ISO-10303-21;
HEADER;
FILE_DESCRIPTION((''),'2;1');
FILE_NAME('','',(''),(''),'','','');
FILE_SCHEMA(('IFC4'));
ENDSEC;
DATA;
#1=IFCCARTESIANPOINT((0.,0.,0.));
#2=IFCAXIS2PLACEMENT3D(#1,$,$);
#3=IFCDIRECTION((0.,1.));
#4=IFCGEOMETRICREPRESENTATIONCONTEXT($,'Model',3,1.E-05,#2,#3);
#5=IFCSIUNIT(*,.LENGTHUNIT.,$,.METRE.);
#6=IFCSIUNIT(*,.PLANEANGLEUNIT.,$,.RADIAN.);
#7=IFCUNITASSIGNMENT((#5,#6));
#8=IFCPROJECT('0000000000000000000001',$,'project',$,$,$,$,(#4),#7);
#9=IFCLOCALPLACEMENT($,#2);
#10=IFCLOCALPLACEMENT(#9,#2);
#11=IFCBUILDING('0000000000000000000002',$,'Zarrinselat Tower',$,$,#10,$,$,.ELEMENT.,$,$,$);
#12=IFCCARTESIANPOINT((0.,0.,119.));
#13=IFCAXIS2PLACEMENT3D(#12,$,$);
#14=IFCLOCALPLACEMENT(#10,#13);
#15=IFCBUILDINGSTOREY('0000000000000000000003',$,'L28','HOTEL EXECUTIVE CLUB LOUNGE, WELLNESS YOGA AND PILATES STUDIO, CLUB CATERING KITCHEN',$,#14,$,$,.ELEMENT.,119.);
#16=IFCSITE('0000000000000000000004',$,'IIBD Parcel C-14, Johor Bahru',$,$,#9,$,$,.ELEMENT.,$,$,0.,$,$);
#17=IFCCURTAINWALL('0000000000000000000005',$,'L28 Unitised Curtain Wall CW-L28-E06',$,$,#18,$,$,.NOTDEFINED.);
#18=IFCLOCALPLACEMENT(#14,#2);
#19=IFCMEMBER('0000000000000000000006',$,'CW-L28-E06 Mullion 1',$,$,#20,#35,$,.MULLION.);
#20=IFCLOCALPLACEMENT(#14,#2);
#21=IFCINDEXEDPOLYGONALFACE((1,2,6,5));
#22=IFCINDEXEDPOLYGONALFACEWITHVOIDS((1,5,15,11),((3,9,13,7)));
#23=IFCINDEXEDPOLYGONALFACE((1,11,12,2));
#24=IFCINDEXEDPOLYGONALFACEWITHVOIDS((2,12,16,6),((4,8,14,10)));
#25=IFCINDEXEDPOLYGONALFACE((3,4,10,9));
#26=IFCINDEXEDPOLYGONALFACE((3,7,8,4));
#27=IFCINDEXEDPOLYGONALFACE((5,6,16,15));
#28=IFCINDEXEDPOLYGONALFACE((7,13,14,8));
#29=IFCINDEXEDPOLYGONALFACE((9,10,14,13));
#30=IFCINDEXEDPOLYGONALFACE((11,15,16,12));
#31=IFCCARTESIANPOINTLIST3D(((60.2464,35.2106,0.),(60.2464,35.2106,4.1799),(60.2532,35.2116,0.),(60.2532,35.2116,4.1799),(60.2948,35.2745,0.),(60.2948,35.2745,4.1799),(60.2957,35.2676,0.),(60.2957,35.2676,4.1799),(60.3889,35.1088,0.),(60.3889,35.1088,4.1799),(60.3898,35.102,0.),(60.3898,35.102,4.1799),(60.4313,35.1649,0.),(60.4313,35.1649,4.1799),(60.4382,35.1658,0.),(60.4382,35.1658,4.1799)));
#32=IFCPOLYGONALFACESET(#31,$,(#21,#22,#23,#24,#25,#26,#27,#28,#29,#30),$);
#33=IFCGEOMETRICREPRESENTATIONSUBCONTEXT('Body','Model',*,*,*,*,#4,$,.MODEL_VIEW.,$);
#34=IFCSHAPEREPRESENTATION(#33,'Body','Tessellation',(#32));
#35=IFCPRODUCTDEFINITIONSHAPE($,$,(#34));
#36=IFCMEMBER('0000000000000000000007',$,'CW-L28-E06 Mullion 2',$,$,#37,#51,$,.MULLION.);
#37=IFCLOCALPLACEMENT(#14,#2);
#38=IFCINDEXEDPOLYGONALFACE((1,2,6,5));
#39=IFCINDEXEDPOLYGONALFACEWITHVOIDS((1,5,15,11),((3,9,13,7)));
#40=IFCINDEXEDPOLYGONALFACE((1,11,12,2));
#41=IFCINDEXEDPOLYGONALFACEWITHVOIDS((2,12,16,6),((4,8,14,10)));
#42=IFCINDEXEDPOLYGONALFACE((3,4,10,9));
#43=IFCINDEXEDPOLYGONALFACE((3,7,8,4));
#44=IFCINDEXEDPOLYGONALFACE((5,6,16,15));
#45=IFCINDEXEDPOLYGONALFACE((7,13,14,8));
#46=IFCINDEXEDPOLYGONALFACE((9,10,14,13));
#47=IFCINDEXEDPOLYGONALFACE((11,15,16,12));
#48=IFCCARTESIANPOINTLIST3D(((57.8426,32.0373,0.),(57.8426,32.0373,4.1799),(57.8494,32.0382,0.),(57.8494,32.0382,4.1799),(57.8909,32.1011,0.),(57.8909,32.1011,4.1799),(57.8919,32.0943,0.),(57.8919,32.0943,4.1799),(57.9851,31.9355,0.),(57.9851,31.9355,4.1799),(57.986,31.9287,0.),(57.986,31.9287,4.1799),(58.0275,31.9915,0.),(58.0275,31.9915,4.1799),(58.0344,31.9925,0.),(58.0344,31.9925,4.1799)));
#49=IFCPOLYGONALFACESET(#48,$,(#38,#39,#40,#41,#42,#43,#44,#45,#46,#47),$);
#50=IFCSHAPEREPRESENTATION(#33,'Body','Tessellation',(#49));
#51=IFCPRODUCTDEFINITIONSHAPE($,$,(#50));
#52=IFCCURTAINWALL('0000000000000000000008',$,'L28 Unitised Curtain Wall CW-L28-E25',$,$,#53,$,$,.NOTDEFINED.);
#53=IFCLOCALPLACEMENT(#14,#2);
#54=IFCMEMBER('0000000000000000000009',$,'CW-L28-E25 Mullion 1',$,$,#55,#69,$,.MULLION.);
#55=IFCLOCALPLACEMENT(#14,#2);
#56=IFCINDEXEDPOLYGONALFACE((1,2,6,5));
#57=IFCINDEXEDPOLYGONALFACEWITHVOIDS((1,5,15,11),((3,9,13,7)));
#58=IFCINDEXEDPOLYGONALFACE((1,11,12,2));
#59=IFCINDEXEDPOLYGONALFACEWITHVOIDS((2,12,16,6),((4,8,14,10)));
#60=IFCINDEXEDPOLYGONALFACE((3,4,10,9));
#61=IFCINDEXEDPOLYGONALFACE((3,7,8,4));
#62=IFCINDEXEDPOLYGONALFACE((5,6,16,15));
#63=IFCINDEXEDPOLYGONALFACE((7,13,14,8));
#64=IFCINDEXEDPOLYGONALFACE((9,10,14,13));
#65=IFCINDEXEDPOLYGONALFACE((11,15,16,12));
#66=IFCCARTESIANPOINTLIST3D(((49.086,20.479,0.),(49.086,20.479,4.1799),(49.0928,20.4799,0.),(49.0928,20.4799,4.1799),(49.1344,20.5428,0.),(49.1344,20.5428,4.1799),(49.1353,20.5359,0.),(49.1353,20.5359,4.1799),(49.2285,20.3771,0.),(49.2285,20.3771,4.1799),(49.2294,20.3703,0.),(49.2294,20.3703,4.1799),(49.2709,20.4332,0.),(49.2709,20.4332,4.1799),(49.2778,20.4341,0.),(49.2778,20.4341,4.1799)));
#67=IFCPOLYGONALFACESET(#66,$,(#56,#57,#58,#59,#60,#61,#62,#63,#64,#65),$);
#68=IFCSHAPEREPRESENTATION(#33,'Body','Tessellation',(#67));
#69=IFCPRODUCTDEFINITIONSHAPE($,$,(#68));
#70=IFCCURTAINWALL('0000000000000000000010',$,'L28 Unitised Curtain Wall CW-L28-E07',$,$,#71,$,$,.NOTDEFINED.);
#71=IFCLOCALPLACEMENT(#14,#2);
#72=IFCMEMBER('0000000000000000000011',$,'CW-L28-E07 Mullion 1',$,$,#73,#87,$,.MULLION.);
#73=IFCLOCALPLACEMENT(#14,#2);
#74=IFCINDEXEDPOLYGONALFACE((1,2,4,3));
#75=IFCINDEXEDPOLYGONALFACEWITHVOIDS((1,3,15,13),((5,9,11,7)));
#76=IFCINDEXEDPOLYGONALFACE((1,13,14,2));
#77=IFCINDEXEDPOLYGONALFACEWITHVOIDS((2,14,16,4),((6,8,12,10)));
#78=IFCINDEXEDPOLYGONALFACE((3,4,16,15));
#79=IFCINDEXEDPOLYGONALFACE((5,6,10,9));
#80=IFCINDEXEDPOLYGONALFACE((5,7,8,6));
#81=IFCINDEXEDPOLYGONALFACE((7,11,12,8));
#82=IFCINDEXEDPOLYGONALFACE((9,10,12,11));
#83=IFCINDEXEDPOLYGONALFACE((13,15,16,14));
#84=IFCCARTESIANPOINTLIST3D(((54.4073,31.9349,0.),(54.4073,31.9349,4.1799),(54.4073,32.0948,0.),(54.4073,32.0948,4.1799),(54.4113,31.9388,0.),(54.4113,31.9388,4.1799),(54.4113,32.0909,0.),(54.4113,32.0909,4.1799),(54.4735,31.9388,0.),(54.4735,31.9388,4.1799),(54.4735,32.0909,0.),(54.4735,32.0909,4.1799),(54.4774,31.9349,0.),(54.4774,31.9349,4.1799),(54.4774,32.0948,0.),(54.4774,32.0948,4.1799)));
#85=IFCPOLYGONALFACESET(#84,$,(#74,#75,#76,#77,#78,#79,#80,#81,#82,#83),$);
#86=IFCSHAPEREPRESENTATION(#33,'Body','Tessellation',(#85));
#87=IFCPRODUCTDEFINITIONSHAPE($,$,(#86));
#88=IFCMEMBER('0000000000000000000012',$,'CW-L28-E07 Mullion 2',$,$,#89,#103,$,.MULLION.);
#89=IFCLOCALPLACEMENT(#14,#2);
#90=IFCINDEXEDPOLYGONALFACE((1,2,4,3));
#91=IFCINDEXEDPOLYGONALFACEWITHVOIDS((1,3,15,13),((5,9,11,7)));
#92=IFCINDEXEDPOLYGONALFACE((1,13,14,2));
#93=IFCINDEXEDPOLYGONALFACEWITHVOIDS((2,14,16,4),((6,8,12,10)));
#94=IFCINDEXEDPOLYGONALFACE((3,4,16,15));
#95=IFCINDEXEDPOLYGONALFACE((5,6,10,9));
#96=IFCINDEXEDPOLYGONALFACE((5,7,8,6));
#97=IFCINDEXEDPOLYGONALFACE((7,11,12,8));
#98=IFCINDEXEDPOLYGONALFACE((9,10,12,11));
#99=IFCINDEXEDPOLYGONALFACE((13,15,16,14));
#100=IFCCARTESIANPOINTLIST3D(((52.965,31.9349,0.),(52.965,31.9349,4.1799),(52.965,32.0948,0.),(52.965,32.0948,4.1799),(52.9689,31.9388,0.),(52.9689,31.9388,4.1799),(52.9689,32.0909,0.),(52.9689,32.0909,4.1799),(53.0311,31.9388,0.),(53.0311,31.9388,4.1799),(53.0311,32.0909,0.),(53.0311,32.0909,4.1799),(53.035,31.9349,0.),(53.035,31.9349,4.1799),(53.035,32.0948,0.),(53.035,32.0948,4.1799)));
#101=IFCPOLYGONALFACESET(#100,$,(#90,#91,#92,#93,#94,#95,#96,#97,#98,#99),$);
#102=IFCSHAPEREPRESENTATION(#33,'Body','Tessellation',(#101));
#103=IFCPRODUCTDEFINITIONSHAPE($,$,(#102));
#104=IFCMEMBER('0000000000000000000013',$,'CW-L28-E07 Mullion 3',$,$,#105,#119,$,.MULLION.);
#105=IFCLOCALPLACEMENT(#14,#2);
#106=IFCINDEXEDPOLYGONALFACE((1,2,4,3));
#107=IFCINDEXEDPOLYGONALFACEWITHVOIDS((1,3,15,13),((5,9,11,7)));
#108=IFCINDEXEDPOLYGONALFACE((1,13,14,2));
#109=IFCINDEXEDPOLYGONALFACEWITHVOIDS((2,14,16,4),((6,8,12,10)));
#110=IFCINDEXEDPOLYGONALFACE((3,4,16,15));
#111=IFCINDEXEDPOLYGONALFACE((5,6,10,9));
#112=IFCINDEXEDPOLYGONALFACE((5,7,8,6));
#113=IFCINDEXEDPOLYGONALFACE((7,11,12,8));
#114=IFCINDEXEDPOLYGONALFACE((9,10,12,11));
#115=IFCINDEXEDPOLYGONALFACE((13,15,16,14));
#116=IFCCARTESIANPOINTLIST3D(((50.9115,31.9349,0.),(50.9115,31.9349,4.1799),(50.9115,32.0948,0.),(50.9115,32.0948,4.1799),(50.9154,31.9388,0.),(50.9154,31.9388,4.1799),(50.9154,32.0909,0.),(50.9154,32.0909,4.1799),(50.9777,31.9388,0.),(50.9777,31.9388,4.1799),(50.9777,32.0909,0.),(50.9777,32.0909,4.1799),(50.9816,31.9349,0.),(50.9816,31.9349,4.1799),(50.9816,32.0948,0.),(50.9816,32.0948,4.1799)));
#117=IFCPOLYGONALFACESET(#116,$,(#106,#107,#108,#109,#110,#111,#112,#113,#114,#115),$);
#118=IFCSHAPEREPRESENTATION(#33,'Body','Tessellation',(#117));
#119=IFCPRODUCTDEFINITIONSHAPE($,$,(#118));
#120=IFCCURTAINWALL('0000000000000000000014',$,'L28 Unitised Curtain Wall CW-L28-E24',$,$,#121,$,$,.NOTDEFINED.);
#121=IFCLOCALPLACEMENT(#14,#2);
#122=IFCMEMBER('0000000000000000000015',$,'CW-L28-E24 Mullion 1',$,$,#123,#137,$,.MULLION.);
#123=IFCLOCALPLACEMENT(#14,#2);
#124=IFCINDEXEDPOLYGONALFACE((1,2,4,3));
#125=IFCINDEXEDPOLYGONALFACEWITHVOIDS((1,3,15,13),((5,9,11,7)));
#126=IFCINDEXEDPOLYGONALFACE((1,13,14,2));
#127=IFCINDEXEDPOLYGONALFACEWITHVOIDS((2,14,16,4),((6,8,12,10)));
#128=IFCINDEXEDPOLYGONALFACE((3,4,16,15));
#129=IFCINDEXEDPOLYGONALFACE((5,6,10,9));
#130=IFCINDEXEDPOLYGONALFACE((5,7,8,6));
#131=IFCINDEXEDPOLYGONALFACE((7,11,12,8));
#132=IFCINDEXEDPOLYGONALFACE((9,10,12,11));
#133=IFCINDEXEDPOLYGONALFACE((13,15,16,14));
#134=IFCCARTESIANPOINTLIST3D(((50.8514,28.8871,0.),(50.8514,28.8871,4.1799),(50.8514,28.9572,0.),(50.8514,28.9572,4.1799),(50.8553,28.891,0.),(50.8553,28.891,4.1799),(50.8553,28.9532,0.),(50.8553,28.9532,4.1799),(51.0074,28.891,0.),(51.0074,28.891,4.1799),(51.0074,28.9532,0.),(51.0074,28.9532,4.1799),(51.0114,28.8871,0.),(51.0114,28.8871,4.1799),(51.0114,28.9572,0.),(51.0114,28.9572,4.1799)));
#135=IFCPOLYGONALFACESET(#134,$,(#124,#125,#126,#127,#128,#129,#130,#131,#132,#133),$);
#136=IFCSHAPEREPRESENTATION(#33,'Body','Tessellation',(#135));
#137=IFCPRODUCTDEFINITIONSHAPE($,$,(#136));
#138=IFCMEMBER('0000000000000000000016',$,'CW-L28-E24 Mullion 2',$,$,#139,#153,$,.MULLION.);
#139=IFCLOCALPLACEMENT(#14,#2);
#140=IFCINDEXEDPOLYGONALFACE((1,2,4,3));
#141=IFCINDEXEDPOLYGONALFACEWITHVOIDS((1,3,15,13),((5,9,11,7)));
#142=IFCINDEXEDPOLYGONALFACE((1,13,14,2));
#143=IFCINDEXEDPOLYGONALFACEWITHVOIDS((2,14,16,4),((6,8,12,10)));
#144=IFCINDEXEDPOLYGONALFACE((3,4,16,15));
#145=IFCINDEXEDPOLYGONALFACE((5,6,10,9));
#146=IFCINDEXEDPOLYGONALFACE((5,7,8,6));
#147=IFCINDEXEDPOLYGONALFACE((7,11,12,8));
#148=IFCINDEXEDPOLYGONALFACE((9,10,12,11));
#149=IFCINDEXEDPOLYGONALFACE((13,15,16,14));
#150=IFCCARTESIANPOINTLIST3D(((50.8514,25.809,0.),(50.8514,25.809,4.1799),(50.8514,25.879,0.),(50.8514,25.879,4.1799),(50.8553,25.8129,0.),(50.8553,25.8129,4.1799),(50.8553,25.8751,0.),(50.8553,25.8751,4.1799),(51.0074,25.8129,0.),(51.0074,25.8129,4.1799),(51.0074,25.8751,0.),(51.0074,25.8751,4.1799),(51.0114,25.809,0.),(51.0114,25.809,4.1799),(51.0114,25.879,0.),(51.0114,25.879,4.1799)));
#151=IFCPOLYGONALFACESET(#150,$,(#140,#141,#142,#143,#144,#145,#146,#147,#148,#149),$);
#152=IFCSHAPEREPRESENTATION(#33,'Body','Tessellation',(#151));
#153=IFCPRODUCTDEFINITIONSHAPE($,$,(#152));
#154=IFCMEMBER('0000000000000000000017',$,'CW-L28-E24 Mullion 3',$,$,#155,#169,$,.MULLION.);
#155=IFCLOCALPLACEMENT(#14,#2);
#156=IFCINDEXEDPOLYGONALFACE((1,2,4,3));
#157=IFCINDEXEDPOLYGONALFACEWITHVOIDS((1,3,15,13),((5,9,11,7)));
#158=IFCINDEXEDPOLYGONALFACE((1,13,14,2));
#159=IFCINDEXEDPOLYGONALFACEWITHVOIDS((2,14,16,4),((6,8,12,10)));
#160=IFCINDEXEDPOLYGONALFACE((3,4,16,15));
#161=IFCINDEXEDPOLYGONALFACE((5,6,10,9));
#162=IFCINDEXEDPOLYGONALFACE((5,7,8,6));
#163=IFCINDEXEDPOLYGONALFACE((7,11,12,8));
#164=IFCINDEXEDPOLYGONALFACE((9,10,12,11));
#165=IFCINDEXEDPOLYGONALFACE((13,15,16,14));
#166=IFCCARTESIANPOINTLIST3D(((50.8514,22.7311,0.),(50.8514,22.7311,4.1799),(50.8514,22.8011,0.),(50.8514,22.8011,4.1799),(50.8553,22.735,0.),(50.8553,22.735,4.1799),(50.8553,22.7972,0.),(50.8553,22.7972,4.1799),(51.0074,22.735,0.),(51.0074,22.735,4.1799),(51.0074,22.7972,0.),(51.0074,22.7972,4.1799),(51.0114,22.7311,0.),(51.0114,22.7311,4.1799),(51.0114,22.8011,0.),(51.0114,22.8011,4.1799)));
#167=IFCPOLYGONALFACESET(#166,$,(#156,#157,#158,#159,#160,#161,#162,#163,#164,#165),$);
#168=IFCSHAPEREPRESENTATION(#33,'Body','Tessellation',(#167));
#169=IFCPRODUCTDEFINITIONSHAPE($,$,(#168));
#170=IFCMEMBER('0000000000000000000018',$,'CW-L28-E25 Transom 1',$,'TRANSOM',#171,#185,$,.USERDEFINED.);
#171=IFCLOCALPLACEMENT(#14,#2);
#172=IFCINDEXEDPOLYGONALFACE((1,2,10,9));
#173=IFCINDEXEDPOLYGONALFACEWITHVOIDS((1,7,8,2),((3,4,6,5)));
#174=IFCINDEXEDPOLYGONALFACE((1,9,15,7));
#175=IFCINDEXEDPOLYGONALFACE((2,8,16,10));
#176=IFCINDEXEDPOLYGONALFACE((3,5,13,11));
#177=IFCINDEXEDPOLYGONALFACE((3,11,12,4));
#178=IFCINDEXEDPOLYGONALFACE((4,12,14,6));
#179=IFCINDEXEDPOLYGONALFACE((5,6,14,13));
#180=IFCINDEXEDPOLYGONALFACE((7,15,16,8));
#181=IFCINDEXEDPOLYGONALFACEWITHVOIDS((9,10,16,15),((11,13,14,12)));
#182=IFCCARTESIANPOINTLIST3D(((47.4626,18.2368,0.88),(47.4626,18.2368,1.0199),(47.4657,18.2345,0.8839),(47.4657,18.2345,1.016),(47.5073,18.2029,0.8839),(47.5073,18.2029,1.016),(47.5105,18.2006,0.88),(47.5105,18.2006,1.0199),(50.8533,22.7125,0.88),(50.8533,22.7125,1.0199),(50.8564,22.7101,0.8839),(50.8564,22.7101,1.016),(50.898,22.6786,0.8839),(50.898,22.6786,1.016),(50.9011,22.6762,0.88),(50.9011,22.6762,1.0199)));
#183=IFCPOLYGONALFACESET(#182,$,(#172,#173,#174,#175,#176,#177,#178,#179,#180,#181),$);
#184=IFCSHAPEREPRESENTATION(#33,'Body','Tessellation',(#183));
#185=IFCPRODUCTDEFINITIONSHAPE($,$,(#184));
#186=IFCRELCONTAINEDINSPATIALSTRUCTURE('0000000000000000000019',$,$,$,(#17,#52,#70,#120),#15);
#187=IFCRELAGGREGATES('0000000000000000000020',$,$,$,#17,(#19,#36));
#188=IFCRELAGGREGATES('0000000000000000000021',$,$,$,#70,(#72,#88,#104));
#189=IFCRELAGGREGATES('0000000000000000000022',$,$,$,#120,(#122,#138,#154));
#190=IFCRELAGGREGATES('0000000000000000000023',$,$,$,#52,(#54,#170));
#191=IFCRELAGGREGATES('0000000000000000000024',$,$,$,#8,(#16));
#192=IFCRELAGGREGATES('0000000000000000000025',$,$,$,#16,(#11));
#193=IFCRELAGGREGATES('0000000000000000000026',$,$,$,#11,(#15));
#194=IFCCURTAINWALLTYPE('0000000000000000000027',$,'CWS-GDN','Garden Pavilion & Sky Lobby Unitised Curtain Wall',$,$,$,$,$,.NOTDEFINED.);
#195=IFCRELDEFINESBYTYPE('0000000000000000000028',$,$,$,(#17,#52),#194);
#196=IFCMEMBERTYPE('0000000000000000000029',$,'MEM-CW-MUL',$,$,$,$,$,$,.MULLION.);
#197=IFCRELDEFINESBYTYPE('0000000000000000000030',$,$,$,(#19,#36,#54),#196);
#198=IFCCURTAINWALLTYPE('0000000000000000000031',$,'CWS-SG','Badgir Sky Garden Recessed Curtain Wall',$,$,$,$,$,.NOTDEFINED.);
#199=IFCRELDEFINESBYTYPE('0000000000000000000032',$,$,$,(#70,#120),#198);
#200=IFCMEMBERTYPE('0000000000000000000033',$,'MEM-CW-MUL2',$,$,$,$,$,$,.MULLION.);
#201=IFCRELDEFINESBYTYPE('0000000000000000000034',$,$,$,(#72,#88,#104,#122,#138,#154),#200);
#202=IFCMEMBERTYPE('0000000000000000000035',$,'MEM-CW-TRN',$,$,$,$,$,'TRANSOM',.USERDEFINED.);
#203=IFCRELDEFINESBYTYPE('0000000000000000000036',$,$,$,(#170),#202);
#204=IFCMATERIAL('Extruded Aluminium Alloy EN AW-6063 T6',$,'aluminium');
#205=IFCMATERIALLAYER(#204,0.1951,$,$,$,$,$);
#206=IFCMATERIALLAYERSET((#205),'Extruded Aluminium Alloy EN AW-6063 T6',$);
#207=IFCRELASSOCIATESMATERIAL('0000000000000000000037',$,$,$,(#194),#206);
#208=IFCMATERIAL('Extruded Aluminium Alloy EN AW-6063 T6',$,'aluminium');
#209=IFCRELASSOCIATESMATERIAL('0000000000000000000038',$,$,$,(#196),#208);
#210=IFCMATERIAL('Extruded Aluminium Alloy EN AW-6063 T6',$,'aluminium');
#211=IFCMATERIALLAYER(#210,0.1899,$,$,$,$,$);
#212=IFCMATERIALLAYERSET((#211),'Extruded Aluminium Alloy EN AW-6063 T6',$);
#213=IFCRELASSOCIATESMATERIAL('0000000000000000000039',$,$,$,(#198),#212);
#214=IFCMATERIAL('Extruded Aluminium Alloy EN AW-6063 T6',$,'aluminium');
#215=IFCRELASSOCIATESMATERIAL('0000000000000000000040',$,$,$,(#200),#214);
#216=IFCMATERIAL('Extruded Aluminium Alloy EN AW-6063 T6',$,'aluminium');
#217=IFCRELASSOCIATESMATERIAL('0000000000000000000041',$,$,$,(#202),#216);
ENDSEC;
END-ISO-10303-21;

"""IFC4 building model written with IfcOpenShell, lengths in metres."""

from ifc_helpers import new_model, si_unit, direction, frame, origin, origin_2d, place, context, subcontext, project, spatial, hollow_rectangle, extrude, material, layer, layer_set, material_profile, profile_set, type_object, element, aggregate, save


model = new_model("IFC4")

# Units and contexts
model_context = context("Model", 3, precision=1e-05, world=origin(), true_north=direction((0.0, 1.0)))
body_context = subcontext(model_context, "Body", "Model", "MODEL_VIEW")
ifc_project = project(units=[si_unit("LENGTHUNIT", "METRE"), si_unit("PLANEANGLEUNIT", "RADIAN")], contexts=[model_context])

# Site, building, storey
site_placement = place(None, origin())
site = spatial("IfcSite", under=ifc_project, at=site_placement, Name="IIBD Parcel C-14, Johor Bahru", CompositionType="ELEMENT", RefElevation=0.0)
building_placement = place(site_placement, origin())
building = spatial("IfcBuilding", under=site, at=building_placement, Name="Zarrinselat Tower", CompositionType="ELEMENT")
storey_placement = place(building_placement, frame((0.0, 0.0, 119.0)))
storey = spatial("IfcBuildingStorey", under=building, at=storey_placement, Name="L28", Description="HOTEL EXECUTIVE CLUB LOUNGE, WELLNESS YOGA AND PILATES STUDIO, CLUB CATERING KITCHEN", CompositionType="ELEMENT", Elevation=119.0)

# Curtain wall, members
ifc_material_1 = material(Name="Extruded Aluminium Alloy EN AW-6063 T6", Category="aluminium")
ifc_layer_1 = layer(ifc_material_1, 0.1951)
ifc_layer_set_1 = layer_set([ifc_layer_1], Name="Extruded Aluminium Alloy EN AW-6063 T6")
curtain_wall_type_1 = type_object("IfcCurtainWallType", Name="CWS-GDN", Description="Garden Pavilion & Sky Lobby Unitised Curtain Wall", PredefinedType="NOTDEFINED", material=ifc_layer_set_1)
curtain_wall_1_placement = place(storey_placement, origin())
curtain_wall_1 = element("IfcCurtainWall", 1, at=curtain_wall_1_placement, inside=storey, type_object=curtain_wall_type_1, Name="L28 Unitised Curtain Wall CW-L28-E06", PredefinedType="NOTDEFINED")
ifc_material_2 = material(Name="Extruded Aluminium Alloy EN AW-6063 T6", Category="aluminium")
ifc_material_profile_1 = material_profile(ifc_material_2, hollow_rectangle(XDim=0.0801, YDim=0.1799, WallThickness=0.0049, at=origin_2d()), Name="RHS 180x80x5")
ifc_profile_set_1 = profile_set([ifc_material_profile_1], Name="Extruded Aluminium Alloy EN AW-6063 T6")
member_type_1 = type_object("IfcMemberType", Name="MEM-CW-MUL", PredefinedType="MULLION", material=ifc_profile_set_1)
member_1_placement = place(storey_placement, frame((60.3423, 35.1882, 0.0), z_axis=(0.0, 0.0, 1.0), x_axis=(-0.60386, -0.79709, 0.0)))
member_1 = element("IfcMember", 2, at=member_1_placement, type_object=member_type_1, Name="CW-L28-E06 Mullion 1", PredefinedType="MULLION", context=body_context, shape_type="SweptSolid", body=[
    extrude(hollow_rectangle(XDim=0.0801, YDim=0.1799, WallThickness=0.0049, at=origin_2d()), origin(), (0.0, 0.0, 1.0), 4.1799),
])
member_2_placement = place(storey_placement, frame((57.9385, 32.0149, 0.0), z_axis=(0.0, 0.0, 1.0), x_axis=(-0.60386, -0.79709, 0.0)))
member_2 = element("IfcMember", 3, at=member_2_placement, type_object=member_type_1, Name="CW-L28-E06 Mullion 2", PredefinedType="MULLION", context=body_context, shape_type="SweptSolid", body=[
    extrude(hollow_rectangle(XDim=0.0801, YDim=0.1799, WallThickness=0.0049, at=origin_2d()), origin(), (0.0, 0.0, 1.0), 4.1799),
])

# Curtain wall, member
curtain_wall_2_placement = place(storey_placement, origin())
curtain_wall_2 = element("IfcCurtainWall", 4, at=curtain_wall_2_placement, inside=storey, type_object=curtain_wall_type_1, Name="L28 Unitised Curtain Wall CW-L28-E25", PredefinedType="NOTDEFINED")
member_3_placement = place(storey_placement, frame((49.1819, 20.4565, 0.0), z_axis=(0.0, 0.0, 1.0), x_axis=(-0.60386, -0.79709, 0.0)))
member_3 = element("IfcMember", 5, at=member_3_placement, type_object=member_type_1, Name="CW-L28-E25 Mullion 1", PredefinedType="MULLION", context=body_context, shape_type="SweptSolid", body=[
    extrude(hollow_rectangle(XDim=0.0801, YDim=0.1799, WallThickness=0.0049, at=origin_2d()), origin(), (0.0, 0.0, 1.0), 4.1799),
])

# Curtain walls, members
ifc_material_3 = material(Name="Extruded Aluminium Alloy EN AW-6063 T6", Category="aluminium")
ifc_layer_2 = layer(ifc_material_3, 0.1899)
ifc_layer_set_2 = layer_set([ifc_layer_2], Name="Extruded Aluminium Alloy EN AW-6063 T6")
curtain_wall_type_2 = type_object("IfcCurtainWallType", Name="CWS-SG", Description="Badgir Sky Garden Recessed Curtain Wall", PredefinedType="NOTDEFINED", material=ifc_layer_set_2)
curtain_wall_3_placement = place(storey_placement, origin())
curtain_wall_3 = element("IfcCurtainWall", 6, at=curtain_wall_3_placement, inside=storey, type_object=curtain_wall_type_2, Name="L28 Unitised Curtain Wall CW-L28-E07", PredefinedType="NOTDEFINED")
ifc_material_4 = material(Name="Extruded Aluminium Alloy EN AW-6063 T6", Category="aluminium")
ifc_material_profile_2 = material_profile(ifc_material_4, hollow_rectangle(XDim=0.0701, YDim=0.1599, WallThickness=0.0039, at=origin_2d()), Name="RHS 160x70x4")
ifc_profile_set_2 = profile_set([ifc_material_profile_2], Name="Extruded Aluminium Alloy EN AW-6063 T6")
member_type_2 = type_object("IfcMemberType", Name="MEM-CW-MUL2", PredefinedType="MULLION", material=ifc_profile_set_2)
member_4_placement = place(storey_placement, frame((54.4424, 32.0149, 0.0), z_axis=(0.0, 0.0, 1.0), x_axis=(-1.0, 0.0, 0.0)))
member_4 = element("IfcMember", 7, at=member_4_placement, type_object=member_type_2, Name="CW-L28-E07 Mullion 1", PredefinedType="MULLION", context=body_context, shape_type="SweptSolid", body=[
    extrude(hollow_rectangle(XDim=0.0701, YDim=0.1599, WallThickness=0.0039, at=origin_2d()), origin(), (0.0, 0.0, 1.0), 4.1799),
])
member_5_placement = place(storey_placement, frame((53.0, 32.0149, 0.0), z_axis=(0.0, 0.0, 1.0), x_axis=(-1.0, 0.0, 0.0)))
member_5 = element("IfcMember", 8, at=member_5_placement, type_object=member_type_2, Name="CW-L28-E07 Mullion 2", PredefinedType="MULLION", context=body_context, shape_type="SweptSolid", body=[
    extrude(hollow_rectangle(XDim=0.0701, YDim=0.1599, WallThickness=0.0039, at=origin_2d()), origin(), (0.0, 0.0, 1.0), 4.1799),
])
member_6_placement = place(storey_placement, frame((50.9465, 32.0149, 0.0), z_axis=(0.0, 0.0, 1.0), x_axis=(-1.0, 0.0, 0.0)))
member_6 = element("IfcMember", 9, at=member_6_placement, type_object=member_type_2, Name="CW-L28-E07 Mullion 3", PredefinedType="MULLION", context=body_context, shape_type="SweptSolid", body=[
    extrude(hollow_rectangle(XDim=0.0701, YDim=0.1599, WallThickness=0.0039, at=origin_2d()), origin(), (0.0, 0.0, 1.0), 4.1799),
])
curtain_wall_4_placement = place(storey_placement, origin())
curtain_wall_4 = element("IfcCurtainWall", 10, at=curtain_wall_4_placement, inside=storey, type_object=curtain_wall_type_2, Name="L28 Unitised Curtain Wall CW-L28-E24", PredefinedType="NOTDEFINED")
member_7_placement = place(storey_placement, frame((50.9314, 28.9221, 0.0), z_axis=(0.0, 0.0, 1.0), x_axis=(0.0, -1.0, 0.0)))
member_7 = element("IfcMember", 11, at=member_7_placement, type_object=member_type_2, Name="CW-L28-E24 Mullion 1", PredefinedType="MULLION", context=body_context, shape_type="SweptSolid", body=[
    extrude(hollow_rectangle(XDim=0.0701, YDim=0.1599, WallThickness=0.0039, at=origin_2d()), origin(), (0.0, 0.0, 1.0), 4.1799),
])
member_8_placement = place(storey_placement, frame((50.9314, 25.844, 0.0), z_axis=(0.0, 0.0, 1.0), x_axis=(0.0, -1.0, 0.0)))
member_8 = element("IfcMember", 12, at=member_8_placement, type_object=member_type_2, Name="CW-L28-E24 Mullion 2", PredefinedType="MULLION", context=body_context, shape_type="SweptSolid", body=[
    extrude(hollow_rectangle(XDim=0.0701, YDim=0.1599, WallThickness=0.0039, at=origin_2d()), origin(), (0.0, 0.0, 1.0), 4.1799),
])
member_9_placement = place(storey_placement, frame((50.9314, 22.7661, 0.0), z_axis=(0.0, 0.0, 1.0), x_axis=(0.0, -1.0, 0.0)))
member_9 = element("IfcMember", 13, at=member_9_placement, type_object=member_type_2, Name="CW-L28-E24 Mullion 3", PredefinedType="MULLION", context=body_context, shape_type="SweptSolid", body=[
    extrude(hollow_rectangle(XDim=0.0701, YDim=0.1599, WallThickness=0.0039, at=origin_2d()), origin(), (0.0, 0.0, 1.0), 4.1799),
])

# Member
ifc_material_5 = material(Name="Extruded Aluminium Alloy EN AW-6063 T6", Category="aluminium")
ifc_material_profile_3 = material_profile(ifc_material_5, hollow_rectangle(XDim=0.0601, YDim=0.1399, WallThickness=0.0039, at=origin_2d()), Name="RHS 140x60x4")
ifc_profile_set_3 = profile_set([ifc_material_profile_3], Name="Extruded Aluminium Alloy EN AW-6063 T6")
member_type_3 = type_object("IfcMemberType", Name="MEM-CW-TRN", ElementType="TRANSOM", PredefinedType="USERDEFINED", material=ifc_profile_set_3)
member_10_placement = place(storey_placement, frame((50.8772, 22.6943, 0.95), z_axis=(-0.603861, -0.79709, 0.0), x_axis=(0.79709, -0.603861, 0.0)))
member_10 = element("IfcMember", 14, at=member_10_placement, type_object=member_type_3, Name="CW-L28-E25 Transom 1", ObjectType="TRANSOM", PredefinedType="USERDEFINED", context=body_context, shape_type="SweptSolid", body=[
    extrude(hollow_rectangle(XDim=0.0601, YDim=0.1399, WallThickness=0.0039, at=origin_2d()), origin(), (0.0, 0.0, 1.0), 5.615),
])

aggregate(curtain_wall_1, [member_1, member_2])
aggregate(curtain_wall_3, [member_4, member_5, member_6])
aggregate(curtain_wall_4, [member_7, member_8, member_9])
aggregate(curtain_wall_2, [member_3, member_10])

save(model, "model.ifc")
